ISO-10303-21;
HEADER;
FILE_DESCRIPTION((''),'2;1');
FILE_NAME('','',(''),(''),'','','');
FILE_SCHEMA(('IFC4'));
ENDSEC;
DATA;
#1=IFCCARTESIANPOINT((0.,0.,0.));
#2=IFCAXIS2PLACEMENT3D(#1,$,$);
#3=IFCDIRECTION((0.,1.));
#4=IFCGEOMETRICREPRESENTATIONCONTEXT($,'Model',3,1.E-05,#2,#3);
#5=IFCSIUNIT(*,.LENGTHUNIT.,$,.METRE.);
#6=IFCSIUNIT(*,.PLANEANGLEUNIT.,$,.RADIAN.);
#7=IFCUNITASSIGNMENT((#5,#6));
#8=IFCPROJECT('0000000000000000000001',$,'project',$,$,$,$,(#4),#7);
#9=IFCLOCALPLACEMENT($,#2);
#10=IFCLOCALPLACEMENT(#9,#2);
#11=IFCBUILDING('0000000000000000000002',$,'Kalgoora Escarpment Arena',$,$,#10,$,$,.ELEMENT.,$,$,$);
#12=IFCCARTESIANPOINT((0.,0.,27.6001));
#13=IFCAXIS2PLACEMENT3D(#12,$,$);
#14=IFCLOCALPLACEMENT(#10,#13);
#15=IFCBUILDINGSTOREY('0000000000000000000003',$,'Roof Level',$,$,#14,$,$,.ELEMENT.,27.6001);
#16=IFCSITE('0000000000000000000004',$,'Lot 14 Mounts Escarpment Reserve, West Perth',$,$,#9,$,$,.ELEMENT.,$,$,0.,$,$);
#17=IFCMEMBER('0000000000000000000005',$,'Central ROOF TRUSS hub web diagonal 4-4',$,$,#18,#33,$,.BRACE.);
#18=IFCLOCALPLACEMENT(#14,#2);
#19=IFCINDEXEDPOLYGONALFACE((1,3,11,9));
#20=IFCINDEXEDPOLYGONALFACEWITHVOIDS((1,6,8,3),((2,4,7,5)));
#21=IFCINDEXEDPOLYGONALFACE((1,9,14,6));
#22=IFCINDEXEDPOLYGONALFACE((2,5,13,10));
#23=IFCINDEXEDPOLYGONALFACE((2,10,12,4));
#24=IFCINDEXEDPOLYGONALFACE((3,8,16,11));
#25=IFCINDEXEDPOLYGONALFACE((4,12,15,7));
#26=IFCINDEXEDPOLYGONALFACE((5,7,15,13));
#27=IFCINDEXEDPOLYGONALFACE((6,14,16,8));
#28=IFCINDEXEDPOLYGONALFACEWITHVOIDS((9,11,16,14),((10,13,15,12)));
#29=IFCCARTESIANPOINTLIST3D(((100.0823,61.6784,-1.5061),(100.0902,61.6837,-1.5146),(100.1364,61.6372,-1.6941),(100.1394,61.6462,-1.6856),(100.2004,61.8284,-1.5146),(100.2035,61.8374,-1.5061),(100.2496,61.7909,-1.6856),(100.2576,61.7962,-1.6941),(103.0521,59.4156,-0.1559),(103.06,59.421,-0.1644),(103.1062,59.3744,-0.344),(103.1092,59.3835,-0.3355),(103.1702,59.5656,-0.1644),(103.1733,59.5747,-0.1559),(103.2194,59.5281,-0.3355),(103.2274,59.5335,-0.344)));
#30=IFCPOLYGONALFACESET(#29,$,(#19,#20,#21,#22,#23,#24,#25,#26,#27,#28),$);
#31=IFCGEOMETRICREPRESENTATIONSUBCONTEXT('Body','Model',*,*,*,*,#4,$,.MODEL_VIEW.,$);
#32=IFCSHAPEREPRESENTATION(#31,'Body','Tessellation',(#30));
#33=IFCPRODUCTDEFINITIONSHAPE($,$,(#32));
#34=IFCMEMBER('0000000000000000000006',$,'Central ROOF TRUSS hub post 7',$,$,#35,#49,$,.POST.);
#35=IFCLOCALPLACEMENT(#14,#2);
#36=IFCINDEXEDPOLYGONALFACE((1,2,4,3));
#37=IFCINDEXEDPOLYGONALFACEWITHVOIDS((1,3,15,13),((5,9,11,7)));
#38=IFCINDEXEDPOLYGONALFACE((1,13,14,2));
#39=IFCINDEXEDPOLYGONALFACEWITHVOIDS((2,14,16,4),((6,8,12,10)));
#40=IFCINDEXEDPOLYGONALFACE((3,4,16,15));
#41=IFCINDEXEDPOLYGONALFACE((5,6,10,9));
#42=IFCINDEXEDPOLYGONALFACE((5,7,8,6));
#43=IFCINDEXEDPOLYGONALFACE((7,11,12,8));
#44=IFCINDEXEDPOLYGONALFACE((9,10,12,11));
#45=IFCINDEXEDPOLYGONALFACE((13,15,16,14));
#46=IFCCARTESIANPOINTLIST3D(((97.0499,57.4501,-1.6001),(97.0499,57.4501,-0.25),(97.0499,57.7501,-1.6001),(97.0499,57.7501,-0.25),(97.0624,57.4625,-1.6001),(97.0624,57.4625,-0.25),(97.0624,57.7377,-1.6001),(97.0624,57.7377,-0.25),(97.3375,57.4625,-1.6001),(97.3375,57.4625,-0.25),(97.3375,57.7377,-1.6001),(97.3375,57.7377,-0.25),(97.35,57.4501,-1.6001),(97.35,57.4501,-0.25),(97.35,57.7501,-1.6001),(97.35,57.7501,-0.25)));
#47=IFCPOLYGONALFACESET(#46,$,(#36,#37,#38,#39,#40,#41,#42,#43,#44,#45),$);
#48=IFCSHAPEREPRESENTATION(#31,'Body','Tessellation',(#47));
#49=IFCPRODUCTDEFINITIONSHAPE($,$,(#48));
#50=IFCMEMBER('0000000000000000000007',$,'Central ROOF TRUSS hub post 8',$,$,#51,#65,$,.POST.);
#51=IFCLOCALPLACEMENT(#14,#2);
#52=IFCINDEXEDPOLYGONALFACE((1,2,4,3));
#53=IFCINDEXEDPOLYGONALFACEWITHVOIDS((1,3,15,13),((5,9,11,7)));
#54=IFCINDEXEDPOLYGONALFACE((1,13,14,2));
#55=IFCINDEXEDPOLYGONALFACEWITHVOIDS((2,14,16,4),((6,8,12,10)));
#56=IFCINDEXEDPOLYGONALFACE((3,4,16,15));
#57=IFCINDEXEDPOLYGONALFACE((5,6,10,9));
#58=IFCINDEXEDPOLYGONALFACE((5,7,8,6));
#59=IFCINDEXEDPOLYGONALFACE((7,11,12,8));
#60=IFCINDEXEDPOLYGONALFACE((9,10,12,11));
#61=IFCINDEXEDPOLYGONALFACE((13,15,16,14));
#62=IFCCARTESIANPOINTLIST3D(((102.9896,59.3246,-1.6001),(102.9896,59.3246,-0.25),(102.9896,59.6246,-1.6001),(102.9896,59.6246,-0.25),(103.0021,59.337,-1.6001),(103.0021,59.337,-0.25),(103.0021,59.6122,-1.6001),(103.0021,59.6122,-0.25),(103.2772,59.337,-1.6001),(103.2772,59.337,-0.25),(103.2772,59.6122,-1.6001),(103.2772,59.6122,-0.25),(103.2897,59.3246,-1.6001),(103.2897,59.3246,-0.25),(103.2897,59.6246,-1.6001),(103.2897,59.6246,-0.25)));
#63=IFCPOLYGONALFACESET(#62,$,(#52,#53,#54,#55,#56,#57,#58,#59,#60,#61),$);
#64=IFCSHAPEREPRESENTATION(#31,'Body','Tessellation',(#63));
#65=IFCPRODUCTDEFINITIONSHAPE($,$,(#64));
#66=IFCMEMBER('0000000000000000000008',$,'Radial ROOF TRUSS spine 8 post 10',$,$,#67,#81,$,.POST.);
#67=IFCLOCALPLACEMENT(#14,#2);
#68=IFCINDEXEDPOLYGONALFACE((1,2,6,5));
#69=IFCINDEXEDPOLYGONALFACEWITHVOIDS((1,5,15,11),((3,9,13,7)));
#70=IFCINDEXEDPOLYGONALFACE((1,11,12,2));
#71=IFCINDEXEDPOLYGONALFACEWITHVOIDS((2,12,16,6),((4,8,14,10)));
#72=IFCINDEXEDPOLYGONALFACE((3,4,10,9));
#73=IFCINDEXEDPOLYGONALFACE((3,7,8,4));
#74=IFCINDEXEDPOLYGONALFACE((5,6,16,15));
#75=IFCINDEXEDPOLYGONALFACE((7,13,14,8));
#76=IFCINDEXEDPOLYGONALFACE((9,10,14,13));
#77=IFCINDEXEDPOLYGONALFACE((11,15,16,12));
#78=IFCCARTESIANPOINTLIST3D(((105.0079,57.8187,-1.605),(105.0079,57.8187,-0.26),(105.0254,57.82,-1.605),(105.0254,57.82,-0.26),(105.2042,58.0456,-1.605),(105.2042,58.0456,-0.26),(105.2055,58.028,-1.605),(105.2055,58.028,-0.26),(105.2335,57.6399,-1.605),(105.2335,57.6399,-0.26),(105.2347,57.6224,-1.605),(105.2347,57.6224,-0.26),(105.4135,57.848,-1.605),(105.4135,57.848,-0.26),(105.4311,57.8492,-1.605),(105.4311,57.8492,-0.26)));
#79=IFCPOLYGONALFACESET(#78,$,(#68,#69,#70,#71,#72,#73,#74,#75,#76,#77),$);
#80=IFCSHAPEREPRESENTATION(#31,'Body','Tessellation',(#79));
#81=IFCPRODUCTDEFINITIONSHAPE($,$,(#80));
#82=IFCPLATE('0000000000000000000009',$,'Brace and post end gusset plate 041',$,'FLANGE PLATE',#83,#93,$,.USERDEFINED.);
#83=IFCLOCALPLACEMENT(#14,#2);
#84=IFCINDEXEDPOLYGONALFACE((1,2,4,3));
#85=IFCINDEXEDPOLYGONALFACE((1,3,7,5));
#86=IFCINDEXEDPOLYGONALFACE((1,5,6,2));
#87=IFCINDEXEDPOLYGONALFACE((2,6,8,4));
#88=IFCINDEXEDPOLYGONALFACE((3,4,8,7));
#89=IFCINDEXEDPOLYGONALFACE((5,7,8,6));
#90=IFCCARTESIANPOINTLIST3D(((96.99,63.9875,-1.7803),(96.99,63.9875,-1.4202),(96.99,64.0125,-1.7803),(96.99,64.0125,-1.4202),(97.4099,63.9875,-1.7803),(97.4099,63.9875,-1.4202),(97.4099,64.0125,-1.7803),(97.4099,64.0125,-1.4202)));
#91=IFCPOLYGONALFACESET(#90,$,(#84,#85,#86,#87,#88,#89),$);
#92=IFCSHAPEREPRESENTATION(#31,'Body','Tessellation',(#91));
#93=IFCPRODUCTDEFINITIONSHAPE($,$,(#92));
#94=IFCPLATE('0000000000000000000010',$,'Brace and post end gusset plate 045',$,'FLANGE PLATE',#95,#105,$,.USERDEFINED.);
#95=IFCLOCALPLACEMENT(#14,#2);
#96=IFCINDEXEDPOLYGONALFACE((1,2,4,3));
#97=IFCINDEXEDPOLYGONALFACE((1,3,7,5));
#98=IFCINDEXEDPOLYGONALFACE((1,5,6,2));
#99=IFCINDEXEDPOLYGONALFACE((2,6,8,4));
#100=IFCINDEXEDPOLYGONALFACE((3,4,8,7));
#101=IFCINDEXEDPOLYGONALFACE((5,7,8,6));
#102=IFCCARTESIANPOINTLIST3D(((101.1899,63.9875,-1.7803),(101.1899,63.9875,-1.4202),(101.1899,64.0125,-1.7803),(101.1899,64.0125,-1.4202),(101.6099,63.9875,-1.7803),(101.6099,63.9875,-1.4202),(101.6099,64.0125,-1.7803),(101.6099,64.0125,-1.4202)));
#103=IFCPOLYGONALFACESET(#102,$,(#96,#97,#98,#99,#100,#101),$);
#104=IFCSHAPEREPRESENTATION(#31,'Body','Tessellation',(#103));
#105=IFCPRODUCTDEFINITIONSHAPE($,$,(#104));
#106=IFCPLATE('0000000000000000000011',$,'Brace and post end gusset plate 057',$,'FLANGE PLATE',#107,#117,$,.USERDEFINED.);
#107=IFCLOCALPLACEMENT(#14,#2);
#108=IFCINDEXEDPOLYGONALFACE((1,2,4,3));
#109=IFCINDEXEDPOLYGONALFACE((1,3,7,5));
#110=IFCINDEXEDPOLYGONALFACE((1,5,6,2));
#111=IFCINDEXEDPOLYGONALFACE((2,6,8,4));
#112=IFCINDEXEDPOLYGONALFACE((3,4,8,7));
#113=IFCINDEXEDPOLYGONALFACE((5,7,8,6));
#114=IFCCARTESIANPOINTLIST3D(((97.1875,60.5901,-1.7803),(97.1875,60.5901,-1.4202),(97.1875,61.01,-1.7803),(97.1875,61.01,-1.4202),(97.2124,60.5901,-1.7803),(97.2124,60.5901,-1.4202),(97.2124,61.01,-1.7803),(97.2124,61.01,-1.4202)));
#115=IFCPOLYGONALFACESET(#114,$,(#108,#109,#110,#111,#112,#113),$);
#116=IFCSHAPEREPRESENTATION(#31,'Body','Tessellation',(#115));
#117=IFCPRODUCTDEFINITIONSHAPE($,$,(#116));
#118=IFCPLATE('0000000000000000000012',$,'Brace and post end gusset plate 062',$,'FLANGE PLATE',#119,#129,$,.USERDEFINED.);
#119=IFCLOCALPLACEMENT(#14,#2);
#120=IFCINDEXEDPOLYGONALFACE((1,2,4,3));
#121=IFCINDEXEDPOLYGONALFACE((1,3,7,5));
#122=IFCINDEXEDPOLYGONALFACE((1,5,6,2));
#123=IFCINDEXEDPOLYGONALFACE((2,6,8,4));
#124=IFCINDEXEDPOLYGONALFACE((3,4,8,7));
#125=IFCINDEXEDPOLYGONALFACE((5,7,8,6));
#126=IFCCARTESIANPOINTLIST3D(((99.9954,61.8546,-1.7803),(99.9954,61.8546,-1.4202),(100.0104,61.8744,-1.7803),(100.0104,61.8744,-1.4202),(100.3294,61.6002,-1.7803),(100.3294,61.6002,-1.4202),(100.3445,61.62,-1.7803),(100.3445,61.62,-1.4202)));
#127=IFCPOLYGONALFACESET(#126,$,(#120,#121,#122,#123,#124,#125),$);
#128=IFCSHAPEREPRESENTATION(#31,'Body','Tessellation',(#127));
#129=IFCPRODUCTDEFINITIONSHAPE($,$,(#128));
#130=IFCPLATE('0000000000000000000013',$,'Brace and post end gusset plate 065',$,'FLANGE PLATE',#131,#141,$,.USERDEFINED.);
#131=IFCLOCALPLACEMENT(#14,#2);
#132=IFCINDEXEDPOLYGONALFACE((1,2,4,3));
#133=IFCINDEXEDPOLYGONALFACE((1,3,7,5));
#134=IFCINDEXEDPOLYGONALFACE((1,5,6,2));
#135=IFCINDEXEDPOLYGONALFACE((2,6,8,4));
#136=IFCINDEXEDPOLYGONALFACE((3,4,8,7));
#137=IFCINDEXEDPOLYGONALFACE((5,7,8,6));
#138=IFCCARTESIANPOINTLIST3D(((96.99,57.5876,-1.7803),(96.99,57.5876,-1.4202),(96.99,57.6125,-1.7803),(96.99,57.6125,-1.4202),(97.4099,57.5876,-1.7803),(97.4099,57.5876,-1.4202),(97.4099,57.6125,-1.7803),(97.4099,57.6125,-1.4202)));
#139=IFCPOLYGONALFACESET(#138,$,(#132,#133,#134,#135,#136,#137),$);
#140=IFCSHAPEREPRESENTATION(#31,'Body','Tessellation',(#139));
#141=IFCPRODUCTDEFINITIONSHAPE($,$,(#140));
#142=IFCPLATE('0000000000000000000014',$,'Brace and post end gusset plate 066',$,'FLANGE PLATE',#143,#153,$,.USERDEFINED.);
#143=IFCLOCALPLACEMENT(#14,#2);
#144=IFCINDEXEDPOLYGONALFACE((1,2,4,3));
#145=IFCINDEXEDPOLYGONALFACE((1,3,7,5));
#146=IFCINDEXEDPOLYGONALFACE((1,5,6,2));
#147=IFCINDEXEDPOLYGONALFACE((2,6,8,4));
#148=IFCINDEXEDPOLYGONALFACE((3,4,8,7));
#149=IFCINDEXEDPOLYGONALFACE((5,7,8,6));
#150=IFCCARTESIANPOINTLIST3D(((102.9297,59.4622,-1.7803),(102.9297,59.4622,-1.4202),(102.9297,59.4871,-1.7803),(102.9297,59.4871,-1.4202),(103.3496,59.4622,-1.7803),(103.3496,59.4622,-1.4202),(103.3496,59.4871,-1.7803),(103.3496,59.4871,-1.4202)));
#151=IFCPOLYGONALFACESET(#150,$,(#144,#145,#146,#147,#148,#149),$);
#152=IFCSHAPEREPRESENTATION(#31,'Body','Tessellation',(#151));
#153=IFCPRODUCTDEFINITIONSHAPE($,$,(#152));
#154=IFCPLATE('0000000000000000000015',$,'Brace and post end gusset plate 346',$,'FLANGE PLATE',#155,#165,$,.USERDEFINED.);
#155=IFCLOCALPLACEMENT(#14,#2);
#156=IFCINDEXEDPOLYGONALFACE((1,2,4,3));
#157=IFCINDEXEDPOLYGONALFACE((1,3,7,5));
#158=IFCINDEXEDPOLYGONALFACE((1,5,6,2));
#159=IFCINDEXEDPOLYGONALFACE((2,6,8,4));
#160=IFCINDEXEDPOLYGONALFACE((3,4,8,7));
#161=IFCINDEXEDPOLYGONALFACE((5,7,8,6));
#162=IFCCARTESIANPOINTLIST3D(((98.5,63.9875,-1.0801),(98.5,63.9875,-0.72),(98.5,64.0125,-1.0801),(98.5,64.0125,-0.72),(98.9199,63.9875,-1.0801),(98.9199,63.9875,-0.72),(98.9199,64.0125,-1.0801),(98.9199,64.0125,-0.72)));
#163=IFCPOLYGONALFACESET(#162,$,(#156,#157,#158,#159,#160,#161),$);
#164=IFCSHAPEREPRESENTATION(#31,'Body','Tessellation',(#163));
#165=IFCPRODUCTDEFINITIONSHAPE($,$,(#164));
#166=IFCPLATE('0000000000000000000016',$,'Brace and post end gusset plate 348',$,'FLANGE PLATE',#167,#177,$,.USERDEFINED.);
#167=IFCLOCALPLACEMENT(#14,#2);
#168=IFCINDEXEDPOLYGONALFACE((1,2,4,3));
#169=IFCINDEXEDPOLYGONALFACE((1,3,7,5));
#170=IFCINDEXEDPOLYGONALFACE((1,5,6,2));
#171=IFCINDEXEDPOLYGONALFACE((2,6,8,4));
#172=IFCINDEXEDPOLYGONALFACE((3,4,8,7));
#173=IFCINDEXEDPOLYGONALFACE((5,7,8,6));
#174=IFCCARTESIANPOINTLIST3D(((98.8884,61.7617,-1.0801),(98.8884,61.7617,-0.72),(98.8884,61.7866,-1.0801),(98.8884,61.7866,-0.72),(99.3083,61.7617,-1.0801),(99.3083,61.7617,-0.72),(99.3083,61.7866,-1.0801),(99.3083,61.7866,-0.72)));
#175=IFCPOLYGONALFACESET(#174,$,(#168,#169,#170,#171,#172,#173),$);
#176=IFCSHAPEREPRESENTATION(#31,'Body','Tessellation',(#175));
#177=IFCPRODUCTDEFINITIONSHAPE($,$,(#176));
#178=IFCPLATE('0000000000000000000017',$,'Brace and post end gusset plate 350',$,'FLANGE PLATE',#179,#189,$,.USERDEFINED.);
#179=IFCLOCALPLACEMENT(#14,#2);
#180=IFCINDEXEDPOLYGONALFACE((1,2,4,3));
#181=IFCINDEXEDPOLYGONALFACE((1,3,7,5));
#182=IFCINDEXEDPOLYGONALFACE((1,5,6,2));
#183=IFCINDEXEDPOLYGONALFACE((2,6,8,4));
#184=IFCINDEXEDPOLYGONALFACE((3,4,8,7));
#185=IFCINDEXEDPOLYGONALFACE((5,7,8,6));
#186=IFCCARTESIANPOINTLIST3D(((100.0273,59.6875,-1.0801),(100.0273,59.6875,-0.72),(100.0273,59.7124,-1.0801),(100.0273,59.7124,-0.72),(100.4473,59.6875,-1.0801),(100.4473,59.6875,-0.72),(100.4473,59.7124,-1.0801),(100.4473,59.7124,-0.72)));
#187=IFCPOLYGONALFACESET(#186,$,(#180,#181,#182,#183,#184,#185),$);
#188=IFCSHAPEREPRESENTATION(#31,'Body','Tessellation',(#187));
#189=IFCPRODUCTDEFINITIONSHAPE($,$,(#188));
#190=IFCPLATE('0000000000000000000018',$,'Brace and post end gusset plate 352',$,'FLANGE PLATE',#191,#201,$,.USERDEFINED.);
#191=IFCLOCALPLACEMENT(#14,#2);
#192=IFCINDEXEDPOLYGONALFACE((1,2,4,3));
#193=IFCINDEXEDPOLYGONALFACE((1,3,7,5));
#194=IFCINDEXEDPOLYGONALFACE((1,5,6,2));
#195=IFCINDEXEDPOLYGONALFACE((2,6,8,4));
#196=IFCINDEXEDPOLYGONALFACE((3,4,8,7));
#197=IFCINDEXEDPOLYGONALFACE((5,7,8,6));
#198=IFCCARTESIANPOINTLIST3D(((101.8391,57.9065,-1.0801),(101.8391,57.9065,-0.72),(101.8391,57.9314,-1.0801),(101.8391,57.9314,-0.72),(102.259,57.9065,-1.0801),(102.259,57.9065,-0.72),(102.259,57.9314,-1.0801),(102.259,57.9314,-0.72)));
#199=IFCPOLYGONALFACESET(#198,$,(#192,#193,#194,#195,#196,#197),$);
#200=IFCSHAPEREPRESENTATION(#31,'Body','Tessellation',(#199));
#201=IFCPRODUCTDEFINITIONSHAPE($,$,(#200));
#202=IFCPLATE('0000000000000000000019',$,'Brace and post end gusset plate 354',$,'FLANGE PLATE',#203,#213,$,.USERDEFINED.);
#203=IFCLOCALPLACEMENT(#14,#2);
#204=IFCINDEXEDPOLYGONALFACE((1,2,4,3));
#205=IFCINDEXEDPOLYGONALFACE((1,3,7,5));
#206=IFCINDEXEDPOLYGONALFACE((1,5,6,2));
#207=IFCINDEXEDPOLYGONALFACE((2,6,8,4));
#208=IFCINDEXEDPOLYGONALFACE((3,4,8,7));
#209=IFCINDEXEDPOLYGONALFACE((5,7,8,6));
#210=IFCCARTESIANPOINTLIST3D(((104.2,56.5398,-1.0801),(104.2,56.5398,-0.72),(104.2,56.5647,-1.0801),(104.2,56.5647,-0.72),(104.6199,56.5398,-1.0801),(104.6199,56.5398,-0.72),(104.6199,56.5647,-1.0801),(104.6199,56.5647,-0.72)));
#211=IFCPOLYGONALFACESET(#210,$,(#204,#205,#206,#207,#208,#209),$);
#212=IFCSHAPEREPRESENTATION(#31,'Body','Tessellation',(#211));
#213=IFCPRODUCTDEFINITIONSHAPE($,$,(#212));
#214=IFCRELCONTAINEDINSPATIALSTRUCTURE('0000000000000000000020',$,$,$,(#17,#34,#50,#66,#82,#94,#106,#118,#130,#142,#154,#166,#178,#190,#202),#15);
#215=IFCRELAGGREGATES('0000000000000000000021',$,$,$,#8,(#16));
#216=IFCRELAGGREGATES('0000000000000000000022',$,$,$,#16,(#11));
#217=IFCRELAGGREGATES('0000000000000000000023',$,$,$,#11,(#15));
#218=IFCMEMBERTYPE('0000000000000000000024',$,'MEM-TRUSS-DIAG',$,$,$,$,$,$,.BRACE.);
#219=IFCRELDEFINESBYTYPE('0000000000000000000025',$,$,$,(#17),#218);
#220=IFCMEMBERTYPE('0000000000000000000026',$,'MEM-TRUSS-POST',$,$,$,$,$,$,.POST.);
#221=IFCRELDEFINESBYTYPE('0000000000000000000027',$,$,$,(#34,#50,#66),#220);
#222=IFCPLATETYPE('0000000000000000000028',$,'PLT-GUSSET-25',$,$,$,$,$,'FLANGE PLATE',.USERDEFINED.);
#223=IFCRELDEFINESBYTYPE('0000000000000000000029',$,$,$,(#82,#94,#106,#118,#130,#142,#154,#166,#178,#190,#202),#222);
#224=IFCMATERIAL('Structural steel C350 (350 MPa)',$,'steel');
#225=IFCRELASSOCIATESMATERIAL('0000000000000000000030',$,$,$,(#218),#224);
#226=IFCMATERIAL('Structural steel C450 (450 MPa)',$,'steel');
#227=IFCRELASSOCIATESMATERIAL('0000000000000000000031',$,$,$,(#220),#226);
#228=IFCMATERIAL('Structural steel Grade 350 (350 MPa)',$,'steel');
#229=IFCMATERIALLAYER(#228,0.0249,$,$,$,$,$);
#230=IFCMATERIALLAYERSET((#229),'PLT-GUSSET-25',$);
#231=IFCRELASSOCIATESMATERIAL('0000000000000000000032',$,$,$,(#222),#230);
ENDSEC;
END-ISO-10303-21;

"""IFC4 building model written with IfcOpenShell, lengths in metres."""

from ifc_helpers import new_model, si_unit, direction, frame, origin, origin_2d, place, context, subcontext, project, spatial, rectangle, hollow_rectangle, extrude, material, layer, layer_set, material_profile, profile_set, type_object, element, save


model = new_model("IFC4")

# Units and contexts
model_context = context("Model", 3, precision=1e-05, world=origin(), true_north=direction((0.0, 1.0)))
body_context = subcontext(model_context, "Body", "Model", "MODEL_VIEW")
ifc_project = project(units=[si_unit("LENGTHUNIT", "METRE"), si_unit("PLANEANGLEUNIT", "RADIAN")], contexts=[model_context])

# Site, building, storey
site_placement = place(None, origin())
site = spatial("IfcSite", under=ifc_project, at=site_placement, Name="Lot 14 Mounts Escarpment Reserve, West Perth", CompositionType="ELEMENT", RefElevation=0.0)
building_placement = place(site_placement, origin())
building = spatial("IfcBuilding", under=site, at=building_placement, Name="Kalgoora Escarpment Arena", CompositionType="ELEMENT")
storey_placement = place(building_placement, frame((0.0, 0.0, 27.6001)))
storey = spatial("IfcBuildingStorey", under=building, at=storey_placement, Name="Roof Level", CompositionType="ELEMENT", Elevation=27.6001)

# Members
ifc_material_1 = material(Name="Structural steel C350 (350 MPa)", Category="steel")
ifc_material_profile_1 = material_profile(ifc_material_1, hollow_rectangle(XDim=0.2, YDim=0.2, WallThickness=0.009, at=origin_2d()))
ifc_profile_set_1 = profile_set([ifc_material_profile_1], Name="Structural steel C350 (350 MPa)")
member_type_1 = type_object("IfcMemberType", Name="MEM-TRUSS-DIAG", PredefinedType="BRACE", material=ifc_profile_set_1)
for number, where, z_axis, x_axis, name in (
    (1, (100.1699, 61.7373, -1.6001), (0.74802, -0.569932, 0.340065), (0.606051, 0.795426, 0.0), "Central ROOF TRUSS hub web diagonal 4-4"),
):
    element("IfcMember", number, at=place(storey_placement, frame(where, z_axis=z_axis, x_axis=x_axis)), inside=storey, type_object=member_type_1, Name=name, PredefinedType="BRACE", context=body_context, shape_type="SweptSolid", body=[
        extrude(hollow_rectangle(XDim=0.2, YDim=0.2, WallThickness=0.009, at=origin_2d()), origin(), (0.0, 0.0, 1.0), 3.9702),
    ])
ifc_material_2 = material(Name="Structural steel C450 (450 MPa)", Category="steel")
ifc_material_profile_2 = material_profile(ifc_material_2, hollow_rectangle(XDim=0.3, YDim=0.3, WallThickness=0.0125, at=origin_2d()))
ifc_profile_set_2 = profile_set([ifc_material_profile_2], Name="Structural steel C450 (450 MPa)")
member_type_2 = type_object("IfcMemberType", Name="MEM-TRUSS-POST", PredefinedType="POST", material=ifc_profile_set_2)
for number, where, z_axis, x_axis, name in (
    (2, (97.2, 57.6001, -1.6001), (0.0, 0.0, 1.0), (1.0, 0.0, 0.0), "Central ROOF TRUSS hub post 7"),
    (3, (103.1396, 59.4746, -1.6001), (0.0, 0.0, 1.0), (1.0, 0.0, 0.0), "Central ROOF TRUSS hub post 8"),
):
    element("IfcMember", number, at=place(storey_placement, frame(where, z_axis=z_axis, x_axis=x_axis)), inside=storey, type_object=member_type_2, Name=name, PredefinedType="POST", context=body_context, shape_type="SweptSolid", body=[
        extrude(hollow_rectangle(XDim=0.3, YDim=0.3, WallThickness=0.0125, at=origin_2d()), origin(), (0.0, 0.0, 1.0), 1.3501),
    ])
member_1_placement = place(storey_placement, frame((105.2195, 57.834, -1.605), z_axis=(0.0, 0.0, 1.0), x_axis=(-0.756082, 0.654477, 0.0)))
element("IfcMember", 4, at=member_1_placement, inside=storey, type_object=member_type_2, Name="Radial ROOF TRUSS spine 8 post 10", PredefinedType="POST", context=body_context, shape_type="SweptSolid", body=[
    extrude(hollow_rectangle(XDim=0.3, YDim=0.3, WallThickness=0.0125, at=origin_2d()), origin(), (0.0, 0.0, 1.0), 1.345),
])

# Plates
ifc_material_3 = material(Name="Structural steel Grade 350 (350 MPa)", Category="steel")
ifc_layer = layer(ifc_material_3, 0.0249)
ifc_layer_set = layer_set([ifc_layer], Name="PLT-GUSSET-25")
plate_type = type_object("IfcPlateType", Name="PLT-GUSSET-25", ElementType="FLANGE PLATE", PredefinedType="USERDEFINED", material=ifc_layer_set)
for number, where, z_axis, x_axis, name in (
    (5, (97.2, 64.0, -1.7803), (0.0, 0.0, 1.0), (1.0, 0.0, 0.0), "Brace and post end gusset plate 041"),
    (6, (101.3999, 64.0, -1.7803), (0.0, 0.0, 1.0), (-1.0, 0.0, 0.0), "Brace and post end gusset plate 045"),
    (7, (97.2, 60.8, -1.7803), (0.0, 0.0, 1.0), (0.0, -1.0, 0.0), "Brace and post end gusset plate 057"),
    (8, (100.1699, 61.7373, -1.7803), (0.0, 0.0, 1.0), (0.795473, -0.605988, 0.0), "Brace and post end gusset plate 062"),
    (9, (97.2, 57.6001, -1.7803), (0.0, 0.0, 1.0), (1.0, 0.0, 0.0), "Brace and post end gusset plate 065"),
    (10, (103.1396, 59.4746, -1.7803), (0.0, 0.0, 1.0), (1.0, 0.0, 0.0), "Brace and post end gusset plate 066"),
    (11, (98.71, 64.0, -1.0801), (0.0, 0.0, 1.0), (1.0, 0.0, 0.0), "Brace and post end gusset plate 346"),
    (12, (99.0984, 61.7742, -1.0801), (0.0, 0.0, 1.0), (1.0, 0.0, 0.0), "Brace and post end gusset plate 348"),
    (13, (100.2373, 59.7, -1.0801), (0.0, 0.0, 1.0), (1.0, 0.0, 0.0), "Brace and post end gusset plate 350"),
    (14, (102.0491, 57.9189, -1.0801), (0.0, 0.0, 1.0), (1.0, 0.0, 0.0), "Brace and post end gusset plate 352"),
    (15, (104.4099, 56.5522, -1.0801), (0.0, 0.0, 1.0), (1.0, 0.0, 0.0), "Brace and post end gusset plate 354"),
):
    element("IfcPlate", number, at=place(storey_placement, frame(where, z_axis=z_axis, x_axis=x_axis)), inside=storey, type_object=plate_type, Name=name, ObjectType="FLANGE PLATE", PredefinedType="USERDEFINED", context=body_context, shape_type="SweptSolid", body=[
        extrude(rectangle(XDim=0.4199, YDim=0.0249, at=origin_2d()), origin(), (0.0, 0.0, 1.0), 0.3601),
    ])

save(model, "model.ifc")
